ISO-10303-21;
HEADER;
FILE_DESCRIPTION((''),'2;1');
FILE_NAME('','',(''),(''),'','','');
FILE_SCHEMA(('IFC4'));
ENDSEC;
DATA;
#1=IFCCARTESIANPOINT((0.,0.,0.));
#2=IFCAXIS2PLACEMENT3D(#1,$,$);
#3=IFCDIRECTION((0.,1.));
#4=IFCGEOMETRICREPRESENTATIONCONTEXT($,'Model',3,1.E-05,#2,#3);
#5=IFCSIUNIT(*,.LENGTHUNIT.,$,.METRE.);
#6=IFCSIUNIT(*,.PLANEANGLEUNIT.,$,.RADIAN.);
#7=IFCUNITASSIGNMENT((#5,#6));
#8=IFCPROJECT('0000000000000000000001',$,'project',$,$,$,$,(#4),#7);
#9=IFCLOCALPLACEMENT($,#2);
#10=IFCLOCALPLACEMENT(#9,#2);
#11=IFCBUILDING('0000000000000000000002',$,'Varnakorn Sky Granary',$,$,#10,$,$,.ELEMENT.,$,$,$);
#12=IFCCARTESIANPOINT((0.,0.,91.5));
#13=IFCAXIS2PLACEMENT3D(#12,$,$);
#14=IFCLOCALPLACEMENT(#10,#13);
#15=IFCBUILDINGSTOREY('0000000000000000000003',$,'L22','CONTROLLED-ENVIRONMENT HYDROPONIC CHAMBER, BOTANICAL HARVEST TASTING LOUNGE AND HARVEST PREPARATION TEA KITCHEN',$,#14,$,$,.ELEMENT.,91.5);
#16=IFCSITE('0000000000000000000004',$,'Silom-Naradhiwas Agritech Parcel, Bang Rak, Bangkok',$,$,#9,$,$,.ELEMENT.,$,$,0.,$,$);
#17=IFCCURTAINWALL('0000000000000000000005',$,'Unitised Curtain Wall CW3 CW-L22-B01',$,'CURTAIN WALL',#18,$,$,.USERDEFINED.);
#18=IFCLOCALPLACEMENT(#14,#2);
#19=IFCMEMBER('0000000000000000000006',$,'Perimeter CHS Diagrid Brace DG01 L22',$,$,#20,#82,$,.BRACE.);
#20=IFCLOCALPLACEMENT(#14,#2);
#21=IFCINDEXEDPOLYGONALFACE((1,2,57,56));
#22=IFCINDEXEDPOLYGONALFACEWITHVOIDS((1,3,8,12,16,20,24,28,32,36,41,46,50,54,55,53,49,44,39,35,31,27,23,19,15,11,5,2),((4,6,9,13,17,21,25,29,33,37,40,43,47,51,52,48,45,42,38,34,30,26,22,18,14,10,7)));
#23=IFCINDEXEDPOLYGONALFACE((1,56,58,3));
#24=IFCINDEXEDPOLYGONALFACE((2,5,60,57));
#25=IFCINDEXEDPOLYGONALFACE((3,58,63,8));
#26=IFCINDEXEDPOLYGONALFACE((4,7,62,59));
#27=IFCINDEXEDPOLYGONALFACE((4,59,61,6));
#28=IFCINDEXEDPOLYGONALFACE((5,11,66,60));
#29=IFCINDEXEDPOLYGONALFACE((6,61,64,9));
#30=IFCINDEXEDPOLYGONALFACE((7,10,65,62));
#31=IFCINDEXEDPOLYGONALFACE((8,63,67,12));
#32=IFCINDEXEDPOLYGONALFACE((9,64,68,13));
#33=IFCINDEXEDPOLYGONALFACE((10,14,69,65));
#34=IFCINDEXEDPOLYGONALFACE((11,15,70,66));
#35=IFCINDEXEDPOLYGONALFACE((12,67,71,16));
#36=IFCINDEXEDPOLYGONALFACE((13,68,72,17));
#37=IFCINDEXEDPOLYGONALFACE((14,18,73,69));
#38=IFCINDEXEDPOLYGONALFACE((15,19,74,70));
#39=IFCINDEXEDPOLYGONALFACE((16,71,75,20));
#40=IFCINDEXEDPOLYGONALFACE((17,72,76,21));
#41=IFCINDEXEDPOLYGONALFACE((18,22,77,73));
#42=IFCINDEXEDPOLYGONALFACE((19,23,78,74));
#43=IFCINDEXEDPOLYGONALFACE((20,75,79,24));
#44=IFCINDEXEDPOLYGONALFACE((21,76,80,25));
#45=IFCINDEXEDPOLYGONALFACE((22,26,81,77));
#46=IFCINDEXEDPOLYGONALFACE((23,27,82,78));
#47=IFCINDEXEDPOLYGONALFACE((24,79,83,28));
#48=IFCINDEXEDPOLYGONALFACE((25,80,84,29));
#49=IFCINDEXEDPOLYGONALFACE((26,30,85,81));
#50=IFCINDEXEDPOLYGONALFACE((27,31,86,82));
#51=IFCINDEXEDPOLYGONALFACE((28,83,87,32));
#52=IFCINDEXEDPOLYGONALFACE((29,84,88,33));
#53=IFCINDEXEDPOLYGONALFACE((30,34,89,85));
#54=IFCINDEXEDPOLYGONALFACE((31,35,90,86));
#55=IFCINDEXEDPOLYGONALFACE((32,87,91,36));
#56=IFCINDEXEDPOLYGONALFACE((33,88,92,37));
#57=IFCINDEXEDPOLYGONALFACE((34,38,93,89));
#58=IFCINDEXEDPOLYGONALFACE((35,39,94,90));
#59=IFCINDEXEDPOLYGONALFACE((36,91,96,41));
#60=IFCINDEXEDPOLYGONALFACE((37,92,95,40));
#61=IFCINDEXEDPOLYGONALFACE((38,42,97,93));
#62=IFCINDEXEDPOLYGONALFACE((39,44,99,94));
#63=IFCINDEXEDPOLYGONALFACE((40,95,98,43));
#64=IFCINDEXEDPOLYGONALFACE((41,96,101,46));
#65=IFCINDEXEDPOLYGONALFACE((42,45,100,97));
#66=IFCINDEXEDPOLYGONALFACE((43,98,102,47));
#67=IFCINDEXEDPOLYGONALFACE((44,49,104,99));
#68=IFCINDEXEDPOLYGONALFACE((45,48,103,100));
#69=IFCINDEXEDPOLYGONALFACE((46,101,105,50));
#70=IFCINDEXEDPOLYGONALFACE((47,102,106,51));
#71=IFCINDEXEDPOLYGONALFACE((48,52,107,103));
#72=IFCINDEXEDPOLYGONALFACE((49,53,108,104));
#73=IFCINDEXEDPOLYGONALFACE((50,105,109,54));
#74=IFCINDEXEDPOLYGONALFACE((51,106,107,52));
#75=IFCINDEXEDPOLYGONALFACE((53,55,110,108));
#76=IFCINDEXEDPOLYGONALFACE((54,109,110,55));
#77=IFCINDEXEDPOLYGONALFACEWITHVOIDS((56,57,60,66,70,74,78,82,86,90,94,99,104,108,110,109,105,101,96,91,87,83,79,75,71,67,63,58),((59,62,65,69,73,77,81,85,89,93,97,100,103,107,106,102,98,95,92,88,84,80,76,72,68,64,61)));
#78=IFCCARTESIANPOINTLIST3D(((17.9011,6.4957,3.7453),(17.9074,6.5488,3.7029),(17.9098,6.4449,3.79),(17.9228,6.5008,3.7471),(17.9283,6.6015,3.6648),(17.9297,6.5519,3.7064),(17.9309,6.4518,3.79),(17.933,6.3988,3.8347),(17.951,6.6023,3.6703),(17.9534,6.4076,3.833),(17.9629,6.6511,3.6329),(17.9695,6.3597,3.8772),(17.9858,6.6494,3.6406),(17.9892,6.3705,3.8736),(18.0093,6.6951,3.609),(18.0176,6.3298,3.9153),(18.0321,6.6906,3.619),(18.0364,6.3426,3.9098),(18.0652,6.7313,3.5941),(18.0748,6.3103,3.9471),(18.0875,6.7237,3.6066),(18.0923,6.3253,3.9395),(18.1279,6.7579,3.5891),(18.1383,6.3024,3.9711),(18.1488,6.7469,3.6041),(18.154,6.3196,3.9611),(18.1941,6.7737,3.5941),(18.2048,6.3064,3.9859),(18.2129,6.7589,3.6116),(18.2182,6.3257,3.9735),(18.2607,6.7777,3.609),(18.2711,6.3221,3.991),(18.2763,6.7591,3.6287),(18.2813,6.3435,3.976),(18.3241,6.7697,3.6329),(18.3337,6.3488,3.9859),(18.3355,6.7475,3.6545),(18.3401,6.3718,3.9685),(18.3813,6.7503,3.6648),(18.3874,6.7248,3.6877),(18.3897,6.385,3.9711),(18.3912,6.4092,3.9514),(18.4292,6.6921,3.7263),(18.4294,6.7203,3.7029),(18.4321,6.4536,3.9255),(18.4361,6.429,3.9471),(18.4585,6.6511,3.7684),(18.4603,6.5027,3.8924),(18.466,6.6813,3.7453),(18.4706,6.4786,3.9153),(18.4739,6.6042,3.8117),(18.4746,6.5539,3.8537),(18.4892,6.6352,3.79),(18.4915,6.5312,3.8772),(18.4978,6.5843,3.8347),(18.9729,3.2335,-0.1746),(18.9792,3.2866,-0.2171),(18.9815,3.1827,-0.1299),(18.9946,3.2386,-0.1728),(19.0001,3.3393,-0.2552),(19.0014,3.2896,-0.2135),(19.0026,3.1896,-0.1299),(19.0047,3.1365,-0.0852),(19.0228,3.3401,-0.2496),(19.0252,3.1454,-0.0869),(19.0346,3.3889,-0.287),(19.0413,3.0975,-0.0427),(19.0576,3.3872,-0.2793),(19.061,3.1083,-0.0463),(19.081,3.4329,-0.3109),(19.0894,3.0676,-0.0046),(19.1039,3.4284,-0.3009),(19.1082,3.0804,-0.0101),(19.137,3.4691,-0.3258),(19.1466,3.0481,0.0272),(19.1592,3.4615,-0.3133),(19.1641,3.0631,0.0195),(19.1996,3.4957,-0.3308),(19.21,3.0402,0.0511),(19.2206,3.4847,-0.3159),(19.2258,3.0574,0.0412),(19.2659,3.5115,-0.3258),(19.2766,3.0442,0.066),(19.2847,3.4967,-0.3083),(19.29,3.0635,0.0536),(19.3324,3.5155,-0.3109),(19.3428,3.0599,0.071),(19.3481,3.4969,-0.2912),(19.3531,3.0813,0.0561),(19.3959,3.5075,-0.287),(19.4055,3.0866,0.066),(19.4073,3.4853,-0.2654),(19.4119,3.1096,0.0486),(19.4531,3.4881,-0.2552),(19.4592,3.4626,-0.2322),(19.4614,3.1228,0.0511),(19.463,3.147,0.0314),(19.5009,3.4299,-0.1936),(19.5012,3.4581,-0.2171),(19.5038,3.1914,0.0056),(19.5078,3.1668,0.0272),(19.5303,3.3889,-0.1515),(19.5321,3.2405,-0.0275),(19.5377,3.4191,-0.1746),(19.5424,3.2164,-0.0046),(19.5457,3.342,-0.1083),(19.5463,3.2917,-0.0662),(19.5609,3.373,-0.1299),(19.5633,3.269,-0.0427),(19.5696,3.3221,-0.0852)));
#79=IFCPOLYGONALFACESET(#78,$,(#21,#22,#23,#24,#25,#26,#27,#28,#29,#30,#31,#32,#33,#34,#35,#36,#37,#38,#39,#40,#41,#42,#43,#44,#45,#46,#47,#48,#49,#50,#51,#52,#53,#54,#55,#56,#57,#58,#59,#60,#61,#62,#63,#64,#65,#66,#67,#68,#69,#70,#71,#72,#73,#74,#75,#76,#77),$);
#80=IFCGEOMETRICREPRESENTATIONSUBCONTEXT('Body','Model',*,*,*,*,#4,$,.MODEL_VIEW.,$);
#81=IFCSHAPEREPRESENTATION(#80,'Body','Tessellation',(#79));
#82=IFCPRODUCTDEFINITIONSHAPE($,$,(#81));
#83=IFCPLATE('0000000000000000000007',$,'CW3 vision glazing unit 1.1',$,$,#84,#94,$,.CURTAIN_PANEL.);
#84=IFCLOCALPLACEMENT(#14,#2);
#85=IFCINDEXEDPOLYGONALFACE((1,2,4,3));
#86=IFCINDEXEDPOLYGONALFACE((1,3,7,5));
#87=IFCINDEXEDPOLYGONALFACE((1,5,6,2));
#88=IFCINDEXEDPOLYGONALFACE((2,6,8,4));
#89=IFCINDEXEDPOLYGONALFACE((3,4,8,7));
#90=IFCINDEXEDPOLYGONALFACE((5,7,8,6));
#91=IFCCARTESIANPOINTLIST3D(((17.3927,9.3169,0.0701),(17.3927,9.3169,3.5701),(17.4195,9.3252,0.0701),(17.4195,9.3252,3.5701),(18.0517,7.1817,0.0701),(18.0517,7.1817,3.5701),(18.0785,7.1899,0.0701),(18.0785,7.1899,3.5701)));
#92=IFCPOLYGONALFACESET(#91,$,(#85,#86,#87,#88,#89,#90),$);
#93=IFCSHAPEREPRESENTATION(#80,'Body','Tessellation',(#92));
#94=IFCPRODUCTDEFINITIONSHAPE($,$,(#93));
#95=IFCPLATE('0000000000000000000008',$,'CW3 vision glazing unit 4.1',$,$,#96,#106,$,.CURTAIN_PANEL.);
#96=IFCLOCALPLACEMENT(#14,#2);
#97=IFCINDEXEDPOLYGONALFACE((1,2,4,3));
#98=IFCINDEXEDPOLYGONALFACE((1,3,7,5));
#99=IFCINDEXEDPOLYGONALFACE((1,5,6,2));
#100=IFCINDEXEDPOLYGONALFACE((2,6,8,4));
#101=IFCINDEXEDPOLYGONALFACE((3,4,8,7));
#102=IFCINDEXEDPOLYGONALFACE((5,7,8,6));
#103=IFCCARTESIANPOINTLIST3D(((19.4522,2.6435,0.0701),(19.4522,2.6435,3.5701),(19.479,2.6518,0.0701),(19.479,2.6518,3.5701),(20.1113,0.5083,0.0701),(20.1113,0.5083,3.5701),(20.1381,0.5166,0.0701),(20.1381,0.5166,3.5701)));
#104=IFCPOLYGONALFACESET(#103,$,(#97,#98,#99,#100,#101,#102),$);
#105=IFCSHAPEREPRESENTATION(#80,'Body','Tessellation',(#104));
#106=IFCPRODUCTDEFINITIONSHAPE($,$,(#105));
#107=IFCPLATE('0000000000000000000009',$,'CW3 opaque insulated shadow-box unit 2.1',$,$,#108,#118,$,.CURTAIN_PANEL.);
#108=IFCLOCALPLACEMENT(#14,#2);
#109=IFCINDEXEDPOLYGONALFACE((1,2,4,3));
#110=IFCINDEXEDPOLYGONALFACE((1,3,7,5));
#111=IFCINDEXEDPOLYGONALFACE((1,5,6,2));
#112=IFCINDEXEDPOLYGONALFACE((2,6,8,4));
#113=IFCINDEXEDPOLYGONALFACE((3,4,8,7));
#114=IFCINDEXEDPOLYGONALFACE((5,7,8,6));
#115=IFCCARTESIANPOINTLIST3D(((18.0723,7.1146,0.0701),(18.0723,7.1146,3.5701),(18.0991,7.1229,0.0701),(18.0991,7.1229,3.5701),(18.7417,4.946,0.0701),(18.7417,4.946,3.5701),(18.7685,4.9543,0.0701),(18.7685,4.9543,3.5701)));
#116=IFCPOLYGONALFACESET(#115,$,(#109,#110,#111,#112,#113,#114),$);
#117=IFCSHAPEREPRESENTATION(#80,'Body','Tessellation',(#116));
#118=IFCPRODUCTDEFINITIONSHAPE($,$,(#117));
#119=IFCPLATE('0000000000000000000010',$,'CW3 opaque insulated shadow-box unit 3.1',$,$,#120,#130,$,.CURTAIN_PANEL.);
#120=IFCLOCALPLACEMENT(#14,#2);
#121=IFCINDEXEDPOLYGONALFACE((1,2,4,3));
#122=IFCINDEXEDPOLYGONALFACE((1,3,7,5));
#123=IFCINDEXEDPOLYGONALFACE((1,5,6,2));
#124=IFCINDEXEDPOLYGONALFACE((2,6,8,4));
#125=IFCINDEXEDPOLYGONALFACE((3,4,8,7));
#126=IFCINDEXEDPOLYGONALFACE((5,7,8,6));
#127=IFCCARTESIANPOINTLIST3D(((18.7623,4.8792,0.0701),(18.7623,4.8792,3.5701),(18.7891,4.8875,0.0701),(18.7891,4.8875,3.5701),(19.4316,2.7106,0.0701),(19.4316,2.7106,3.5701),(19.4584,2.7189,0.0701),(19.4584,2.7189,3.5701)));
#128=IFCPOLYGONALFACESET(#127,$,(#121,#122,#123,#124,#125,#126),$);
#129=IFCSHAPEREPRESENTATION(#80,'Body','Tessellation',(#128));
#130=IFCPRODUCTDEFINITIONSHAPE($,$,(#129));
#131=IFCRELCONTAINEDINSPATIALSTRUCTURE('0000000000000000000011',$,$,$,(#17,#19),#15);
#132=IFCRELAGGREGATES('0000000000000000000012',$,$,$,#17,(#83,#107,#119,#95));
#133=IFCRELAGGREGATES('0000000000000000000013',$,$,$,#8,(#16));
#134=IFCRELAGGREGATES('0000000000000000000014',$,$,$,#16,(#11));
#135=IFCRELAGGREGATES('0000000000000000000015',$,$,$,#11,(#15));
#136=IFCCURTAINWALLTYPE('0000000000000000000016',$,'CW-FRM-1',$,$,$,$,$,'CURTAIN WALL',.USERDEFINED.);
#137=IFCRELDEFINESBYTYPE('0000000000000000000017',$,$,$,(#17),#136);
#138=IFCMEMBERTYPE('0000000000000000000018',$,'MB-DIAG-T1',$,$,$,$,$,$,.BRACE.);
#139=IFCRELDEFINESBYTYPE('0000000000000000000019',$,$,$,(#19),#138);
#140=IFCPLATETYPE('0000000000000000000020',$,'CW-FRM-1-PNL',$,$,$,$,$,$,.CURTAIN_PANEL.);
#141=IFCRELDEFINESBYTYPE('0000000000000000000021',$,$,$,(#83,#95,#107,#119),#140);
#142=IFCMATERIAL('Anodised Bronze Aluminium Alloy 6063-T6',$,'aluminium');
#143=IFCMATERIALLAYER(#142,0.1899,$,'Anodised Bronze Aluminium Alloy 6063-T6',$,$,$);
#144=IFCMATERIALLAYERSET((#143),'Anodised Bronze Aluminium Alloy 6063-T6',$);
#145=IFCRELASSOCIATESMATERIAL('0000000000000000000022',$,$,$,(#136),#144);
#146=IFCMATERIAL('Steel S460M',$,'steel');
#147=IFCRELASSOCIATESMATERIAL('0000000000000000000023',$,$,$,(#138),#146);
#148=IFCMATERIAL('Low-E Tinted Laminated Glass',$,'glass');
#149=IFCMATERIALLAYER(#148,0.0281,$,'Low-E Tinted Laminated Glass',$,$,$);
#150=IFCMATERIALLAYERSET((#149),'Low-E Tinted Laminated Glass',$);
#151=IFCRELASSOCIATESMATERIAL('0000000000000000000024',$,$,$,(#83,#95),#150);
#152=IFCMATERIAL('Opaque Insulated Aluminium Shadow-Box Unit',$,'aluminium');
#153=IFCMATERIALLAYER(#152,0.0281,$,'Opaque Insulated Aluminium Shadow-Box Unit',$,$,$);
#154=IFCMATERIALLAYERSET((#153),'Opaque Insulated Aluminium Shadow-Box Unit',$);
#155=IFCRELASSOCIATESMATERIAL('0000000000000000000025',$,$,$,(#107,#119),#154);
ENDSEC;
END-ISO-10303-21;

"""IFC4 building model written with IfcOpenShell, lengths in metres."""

from ifc_helpers import new_model, si_unit, direction, frame, origin, origin_2d, place, context, subcontext, project, spatial, rectangle, hollow_circle, extrude, source, transform, mapped, material, layer, layer_set, material_profile, profile_set, type_object, type_shapes, element, aggregate, save


model = new_model("IFC4")

# Units and contexts
model_context = context("Model", 3, precision=1e-05, world=origin(), true_north=direction((0.0, 1.0)))
body_context = subcontext(model_context, "Body", "Model", "MODEL_VIEW")
ifc_project = project(units=[si_unit("LENGTHUNIT", "METRE"), si_unit("PLANEANGLEUNIT", "RADIAN")], contexts=[model_context])

# Site, building, storey
site_placement = place(None, origin())
site = spatial("IfcSite", under=ifc_project, at=site_placement, Name="Silom-Naradhiwas Agritech Parcel, Bang Rak, Bangkok", CompositionType="ELEMENT", RefElevation=0.0)
building_placement = place(site_placement, origin())
building = spatial("IfcBuilding", under=site, at=building_placement, Name="Varnakorn Sky Granary", CompositionType="ELEMENT")
storey_placement = place(building_placement, frame((0.0, 0.0, 91.5)))
storey = spatial("IfcBuildingStorey", under=building, at=storey_placement, Name="L22", Description="CONTROLLED-ENVIRONMENT HYDROPONIC CHAMBER, BOTANICAL HARVEST TASTING LOUNGE AND HARVEST PREPARATION TEA KITCHEN", CompositionType="ELEMENT", Elevation=91.5)

# Shared definitions
ifc_material_1 = material(Name="Steel S460M", Category="steel")

# Curtain wall
ifc_material_2 = material(Name="Anodised Bronze Aluminium Alloy 6063-T6", Category="aluminium")
ifc_layer_1 = layer(ifc_material_2, 0.1899, Name="Anodised Bronze Aluminium Alloy 6063-T6")
ifc_layer_set_1 = layer_set([ifc_layer_1], Name="Anodised Bronze Aluminium Alloy 6063-T6")
curtain_wall_type = type_object("IfcCurtainWallType", Name="CW-FRM-1", ElementType="CURTAIN WALL", PredefinedType="USERDEFINED", material=ifc_layer_set_1)
curtain_wall_1_placement = place(storey_placement, origin())
curtain_wall_1 = element("IfcCurtainWall", 1, at=curtain_wall_1_placement, inside=storey, type_object=curtain_wall_type, Name="Unitised Curtain Wall CW3 CW-L22-B01", ObjectType="CURTAIN WALL", PredefinedType="USERDEFINED")

# Member
ifc_material_profile_1 = material_profile(ifc_material_1, hollow_circle(Radius=0.3049, WallThickness=0.0222, at=origin_2d()), Name="CHS 610x22")
ifc_profile_set_1 = profile_set([ifc_material_profile_1], Name="Steel S460M")
member_type_1 = type_object("IfcMemberType", Name="MB-DIAG-T1", PredefinedType="BRACE", material=ifc_profile_set_1)
member_1_placement = place(storey_placement, frame((19.2712, 3.2778, -0.1299), z_axis=(-0.205668, 0.626001, 0.752213), x_axis=(-0.95004, -0.312129, 0.0)))
element("IfcMember", 2, at=member_1_placement, inside=storey, type_object=member_type_1, Name="Perimeter CHS Diagrid Brace DG01 L22", PredefinedType="BRACE", context=body_context, shape_type="SweptSolid", body=[
    extrude(hollow_circle(Radius=0.3049, WallThickness=0.0222, at=origin_2d()), origin(), (0.0, 0.0, 1.0), 5.2112),
])

# Plates
ifc_material_3 = material(Name="Low-E Tinted Laminated Glass", Category="glass")
ifc_layer_2 = layer(ifc_material_3, 0.0281, Name="Low-E Tinted Laminated Glass")
ifc_layer_set_2 = layer_set([ifc_layer_2], Name="Low-E Tinted Laminated Glass")
plate_type = type_object("IfcPlateType", Name="CW-FRM-1-PNL", PredefinedType="CURTAIN_PANEL")
shared_shape_1 = source(origin(), body_context, "Body", "SweptSolid", [
    extrude(rectangle(XDim=2.2346, YDim=0.0281, at=origin_2d()), origin(), (0.0, 0.0, 1.0), 3.5),
])
plate_1_placement = place(storey_placement, frame((17.7356, 8.2534, 0.0701), z_axis=(0.0, 0.0, 1.0), x_axis=(0.294933, -0.955518, 0.0)))
plate_1 = element("IfcPlate", 3, at=plate_1_placement, type_object=plate_type, material=ifc_layer_set_2, Name="CW3 vision glazing unit 1.1", PredefinedType="CURTAIN_PANEL", context=body_context, shape_type="MappedRepresentation", body=[
    mapped(shared_shape_1, transform((0.0, 0.0, 0.0), x_axis=(1.0, 0.0, 0.0), y_axis=(0.0, 1.0, 0.0), z_axis=(0.0, 0.0, 1.0), scale=1.0)),
])
plate_2_placement = place(storey_placement, frame((19.7952, 1.5801, 0.0701), z_axis=(0.0, 0.0, 1.0), x_axis=(0.294933, -0.955518, 0.0)))
plate_2 = element("IfcPlate", 4, at=plate_2_placement, type_object=plate_type, material=ifc_layer_set_2, Name="CW3 vision glazing unit 4.1", PredefinedType="CURTAIN_PANEL", context=body_context, shape_type="MappedRepresentation", body=[
    mapped(shared_shape_1, transform((0.0, 0.0, 0.0), x_axis=(1.0, 0.0, 0.0), y_axis=(0.0, 1.0, 0.0), z_axis=(0.0, 0.0, 1.0), scale=1.0)),
])
ifc_material_4 = material(Name="Opaque Insulated Aluminium Shadow-Box Unit", Category="aluminium")
ifc_layer_3 = layer(ifc_material_4, 0.0281, Name="Opaque Insulated Aluminium Shadow-Box Unit")
ifc_layer_set_3 = layer_set([ifc_layer_3], Name="Opaque Insulated Aluminium Shadow-Box Unit")
shared_shape_2 = source(origin(), body_context, "Body", "SweptSolid", [
    extrude(rectangle(XDim=2.2695, YDim=0.0281, at=origin_2d()), origin(), (0.0, 0.0, 1.0), 3.5),
])
type_shapes(plate_type, [shared_shape_1, shared_shape_2])
plate_3_placement = place(storey_placement, frame((18.4204, 6.0344, 0.0701), z_axis=(0.0, 0.0, 1.0), x_axis=(0.294933, -0.955518, 0.0)))
plate_3 = element("IfcPlate", 5, at=plate_3_placement, type_object=plate_type, material=ifc_layer_set_3, Name="CW3 opaque insulated shadow-box unit 2.1", PredefinedType="CURTAIN_PANEL", context=body_context, shape_type="MappedRepresentation", body=[
    mapped(shared_shape_2, transform((0.0, 0.0, 0.0), x_axis=(1.0, 0.0, 0.0), y_axis=(0.0, 1.0, 0.0), z_axis=(0.0, 0.0, 1.0), scale=1.0)),
])
plate_4_placement = place(storey_placement, frame((19.1104, 3.7991, 0.0701), z_axis=(0.0, 0.0, 1.0), x_axis=(0.294933, -0.955518, 0.0)))
plate_4 = element("IfcPlate", 6, at=plate_4_placement, type_object=plate_type, material=ifc_layer_set_3, Name="CW3 opaque insulated shadow-box unit 3.1", PredefinedType="CURTAIN_PANEL", context=body_context, shape_type="MappedRepresentation", body=[
    mapped(shared_shape_2, transform((0.0, 0.0, 0.0), x_axis=(1.0, 0.0, 0.0), y_axis=(0.0, 1.0, 0.0), z_axis=(0.0, 0.0, 1.0), scale=1.0)),
])
aggregate(curtain_wall_1, [plate_1, plate_3, plate_4, plate_2])

save(model, "model.ifc")
